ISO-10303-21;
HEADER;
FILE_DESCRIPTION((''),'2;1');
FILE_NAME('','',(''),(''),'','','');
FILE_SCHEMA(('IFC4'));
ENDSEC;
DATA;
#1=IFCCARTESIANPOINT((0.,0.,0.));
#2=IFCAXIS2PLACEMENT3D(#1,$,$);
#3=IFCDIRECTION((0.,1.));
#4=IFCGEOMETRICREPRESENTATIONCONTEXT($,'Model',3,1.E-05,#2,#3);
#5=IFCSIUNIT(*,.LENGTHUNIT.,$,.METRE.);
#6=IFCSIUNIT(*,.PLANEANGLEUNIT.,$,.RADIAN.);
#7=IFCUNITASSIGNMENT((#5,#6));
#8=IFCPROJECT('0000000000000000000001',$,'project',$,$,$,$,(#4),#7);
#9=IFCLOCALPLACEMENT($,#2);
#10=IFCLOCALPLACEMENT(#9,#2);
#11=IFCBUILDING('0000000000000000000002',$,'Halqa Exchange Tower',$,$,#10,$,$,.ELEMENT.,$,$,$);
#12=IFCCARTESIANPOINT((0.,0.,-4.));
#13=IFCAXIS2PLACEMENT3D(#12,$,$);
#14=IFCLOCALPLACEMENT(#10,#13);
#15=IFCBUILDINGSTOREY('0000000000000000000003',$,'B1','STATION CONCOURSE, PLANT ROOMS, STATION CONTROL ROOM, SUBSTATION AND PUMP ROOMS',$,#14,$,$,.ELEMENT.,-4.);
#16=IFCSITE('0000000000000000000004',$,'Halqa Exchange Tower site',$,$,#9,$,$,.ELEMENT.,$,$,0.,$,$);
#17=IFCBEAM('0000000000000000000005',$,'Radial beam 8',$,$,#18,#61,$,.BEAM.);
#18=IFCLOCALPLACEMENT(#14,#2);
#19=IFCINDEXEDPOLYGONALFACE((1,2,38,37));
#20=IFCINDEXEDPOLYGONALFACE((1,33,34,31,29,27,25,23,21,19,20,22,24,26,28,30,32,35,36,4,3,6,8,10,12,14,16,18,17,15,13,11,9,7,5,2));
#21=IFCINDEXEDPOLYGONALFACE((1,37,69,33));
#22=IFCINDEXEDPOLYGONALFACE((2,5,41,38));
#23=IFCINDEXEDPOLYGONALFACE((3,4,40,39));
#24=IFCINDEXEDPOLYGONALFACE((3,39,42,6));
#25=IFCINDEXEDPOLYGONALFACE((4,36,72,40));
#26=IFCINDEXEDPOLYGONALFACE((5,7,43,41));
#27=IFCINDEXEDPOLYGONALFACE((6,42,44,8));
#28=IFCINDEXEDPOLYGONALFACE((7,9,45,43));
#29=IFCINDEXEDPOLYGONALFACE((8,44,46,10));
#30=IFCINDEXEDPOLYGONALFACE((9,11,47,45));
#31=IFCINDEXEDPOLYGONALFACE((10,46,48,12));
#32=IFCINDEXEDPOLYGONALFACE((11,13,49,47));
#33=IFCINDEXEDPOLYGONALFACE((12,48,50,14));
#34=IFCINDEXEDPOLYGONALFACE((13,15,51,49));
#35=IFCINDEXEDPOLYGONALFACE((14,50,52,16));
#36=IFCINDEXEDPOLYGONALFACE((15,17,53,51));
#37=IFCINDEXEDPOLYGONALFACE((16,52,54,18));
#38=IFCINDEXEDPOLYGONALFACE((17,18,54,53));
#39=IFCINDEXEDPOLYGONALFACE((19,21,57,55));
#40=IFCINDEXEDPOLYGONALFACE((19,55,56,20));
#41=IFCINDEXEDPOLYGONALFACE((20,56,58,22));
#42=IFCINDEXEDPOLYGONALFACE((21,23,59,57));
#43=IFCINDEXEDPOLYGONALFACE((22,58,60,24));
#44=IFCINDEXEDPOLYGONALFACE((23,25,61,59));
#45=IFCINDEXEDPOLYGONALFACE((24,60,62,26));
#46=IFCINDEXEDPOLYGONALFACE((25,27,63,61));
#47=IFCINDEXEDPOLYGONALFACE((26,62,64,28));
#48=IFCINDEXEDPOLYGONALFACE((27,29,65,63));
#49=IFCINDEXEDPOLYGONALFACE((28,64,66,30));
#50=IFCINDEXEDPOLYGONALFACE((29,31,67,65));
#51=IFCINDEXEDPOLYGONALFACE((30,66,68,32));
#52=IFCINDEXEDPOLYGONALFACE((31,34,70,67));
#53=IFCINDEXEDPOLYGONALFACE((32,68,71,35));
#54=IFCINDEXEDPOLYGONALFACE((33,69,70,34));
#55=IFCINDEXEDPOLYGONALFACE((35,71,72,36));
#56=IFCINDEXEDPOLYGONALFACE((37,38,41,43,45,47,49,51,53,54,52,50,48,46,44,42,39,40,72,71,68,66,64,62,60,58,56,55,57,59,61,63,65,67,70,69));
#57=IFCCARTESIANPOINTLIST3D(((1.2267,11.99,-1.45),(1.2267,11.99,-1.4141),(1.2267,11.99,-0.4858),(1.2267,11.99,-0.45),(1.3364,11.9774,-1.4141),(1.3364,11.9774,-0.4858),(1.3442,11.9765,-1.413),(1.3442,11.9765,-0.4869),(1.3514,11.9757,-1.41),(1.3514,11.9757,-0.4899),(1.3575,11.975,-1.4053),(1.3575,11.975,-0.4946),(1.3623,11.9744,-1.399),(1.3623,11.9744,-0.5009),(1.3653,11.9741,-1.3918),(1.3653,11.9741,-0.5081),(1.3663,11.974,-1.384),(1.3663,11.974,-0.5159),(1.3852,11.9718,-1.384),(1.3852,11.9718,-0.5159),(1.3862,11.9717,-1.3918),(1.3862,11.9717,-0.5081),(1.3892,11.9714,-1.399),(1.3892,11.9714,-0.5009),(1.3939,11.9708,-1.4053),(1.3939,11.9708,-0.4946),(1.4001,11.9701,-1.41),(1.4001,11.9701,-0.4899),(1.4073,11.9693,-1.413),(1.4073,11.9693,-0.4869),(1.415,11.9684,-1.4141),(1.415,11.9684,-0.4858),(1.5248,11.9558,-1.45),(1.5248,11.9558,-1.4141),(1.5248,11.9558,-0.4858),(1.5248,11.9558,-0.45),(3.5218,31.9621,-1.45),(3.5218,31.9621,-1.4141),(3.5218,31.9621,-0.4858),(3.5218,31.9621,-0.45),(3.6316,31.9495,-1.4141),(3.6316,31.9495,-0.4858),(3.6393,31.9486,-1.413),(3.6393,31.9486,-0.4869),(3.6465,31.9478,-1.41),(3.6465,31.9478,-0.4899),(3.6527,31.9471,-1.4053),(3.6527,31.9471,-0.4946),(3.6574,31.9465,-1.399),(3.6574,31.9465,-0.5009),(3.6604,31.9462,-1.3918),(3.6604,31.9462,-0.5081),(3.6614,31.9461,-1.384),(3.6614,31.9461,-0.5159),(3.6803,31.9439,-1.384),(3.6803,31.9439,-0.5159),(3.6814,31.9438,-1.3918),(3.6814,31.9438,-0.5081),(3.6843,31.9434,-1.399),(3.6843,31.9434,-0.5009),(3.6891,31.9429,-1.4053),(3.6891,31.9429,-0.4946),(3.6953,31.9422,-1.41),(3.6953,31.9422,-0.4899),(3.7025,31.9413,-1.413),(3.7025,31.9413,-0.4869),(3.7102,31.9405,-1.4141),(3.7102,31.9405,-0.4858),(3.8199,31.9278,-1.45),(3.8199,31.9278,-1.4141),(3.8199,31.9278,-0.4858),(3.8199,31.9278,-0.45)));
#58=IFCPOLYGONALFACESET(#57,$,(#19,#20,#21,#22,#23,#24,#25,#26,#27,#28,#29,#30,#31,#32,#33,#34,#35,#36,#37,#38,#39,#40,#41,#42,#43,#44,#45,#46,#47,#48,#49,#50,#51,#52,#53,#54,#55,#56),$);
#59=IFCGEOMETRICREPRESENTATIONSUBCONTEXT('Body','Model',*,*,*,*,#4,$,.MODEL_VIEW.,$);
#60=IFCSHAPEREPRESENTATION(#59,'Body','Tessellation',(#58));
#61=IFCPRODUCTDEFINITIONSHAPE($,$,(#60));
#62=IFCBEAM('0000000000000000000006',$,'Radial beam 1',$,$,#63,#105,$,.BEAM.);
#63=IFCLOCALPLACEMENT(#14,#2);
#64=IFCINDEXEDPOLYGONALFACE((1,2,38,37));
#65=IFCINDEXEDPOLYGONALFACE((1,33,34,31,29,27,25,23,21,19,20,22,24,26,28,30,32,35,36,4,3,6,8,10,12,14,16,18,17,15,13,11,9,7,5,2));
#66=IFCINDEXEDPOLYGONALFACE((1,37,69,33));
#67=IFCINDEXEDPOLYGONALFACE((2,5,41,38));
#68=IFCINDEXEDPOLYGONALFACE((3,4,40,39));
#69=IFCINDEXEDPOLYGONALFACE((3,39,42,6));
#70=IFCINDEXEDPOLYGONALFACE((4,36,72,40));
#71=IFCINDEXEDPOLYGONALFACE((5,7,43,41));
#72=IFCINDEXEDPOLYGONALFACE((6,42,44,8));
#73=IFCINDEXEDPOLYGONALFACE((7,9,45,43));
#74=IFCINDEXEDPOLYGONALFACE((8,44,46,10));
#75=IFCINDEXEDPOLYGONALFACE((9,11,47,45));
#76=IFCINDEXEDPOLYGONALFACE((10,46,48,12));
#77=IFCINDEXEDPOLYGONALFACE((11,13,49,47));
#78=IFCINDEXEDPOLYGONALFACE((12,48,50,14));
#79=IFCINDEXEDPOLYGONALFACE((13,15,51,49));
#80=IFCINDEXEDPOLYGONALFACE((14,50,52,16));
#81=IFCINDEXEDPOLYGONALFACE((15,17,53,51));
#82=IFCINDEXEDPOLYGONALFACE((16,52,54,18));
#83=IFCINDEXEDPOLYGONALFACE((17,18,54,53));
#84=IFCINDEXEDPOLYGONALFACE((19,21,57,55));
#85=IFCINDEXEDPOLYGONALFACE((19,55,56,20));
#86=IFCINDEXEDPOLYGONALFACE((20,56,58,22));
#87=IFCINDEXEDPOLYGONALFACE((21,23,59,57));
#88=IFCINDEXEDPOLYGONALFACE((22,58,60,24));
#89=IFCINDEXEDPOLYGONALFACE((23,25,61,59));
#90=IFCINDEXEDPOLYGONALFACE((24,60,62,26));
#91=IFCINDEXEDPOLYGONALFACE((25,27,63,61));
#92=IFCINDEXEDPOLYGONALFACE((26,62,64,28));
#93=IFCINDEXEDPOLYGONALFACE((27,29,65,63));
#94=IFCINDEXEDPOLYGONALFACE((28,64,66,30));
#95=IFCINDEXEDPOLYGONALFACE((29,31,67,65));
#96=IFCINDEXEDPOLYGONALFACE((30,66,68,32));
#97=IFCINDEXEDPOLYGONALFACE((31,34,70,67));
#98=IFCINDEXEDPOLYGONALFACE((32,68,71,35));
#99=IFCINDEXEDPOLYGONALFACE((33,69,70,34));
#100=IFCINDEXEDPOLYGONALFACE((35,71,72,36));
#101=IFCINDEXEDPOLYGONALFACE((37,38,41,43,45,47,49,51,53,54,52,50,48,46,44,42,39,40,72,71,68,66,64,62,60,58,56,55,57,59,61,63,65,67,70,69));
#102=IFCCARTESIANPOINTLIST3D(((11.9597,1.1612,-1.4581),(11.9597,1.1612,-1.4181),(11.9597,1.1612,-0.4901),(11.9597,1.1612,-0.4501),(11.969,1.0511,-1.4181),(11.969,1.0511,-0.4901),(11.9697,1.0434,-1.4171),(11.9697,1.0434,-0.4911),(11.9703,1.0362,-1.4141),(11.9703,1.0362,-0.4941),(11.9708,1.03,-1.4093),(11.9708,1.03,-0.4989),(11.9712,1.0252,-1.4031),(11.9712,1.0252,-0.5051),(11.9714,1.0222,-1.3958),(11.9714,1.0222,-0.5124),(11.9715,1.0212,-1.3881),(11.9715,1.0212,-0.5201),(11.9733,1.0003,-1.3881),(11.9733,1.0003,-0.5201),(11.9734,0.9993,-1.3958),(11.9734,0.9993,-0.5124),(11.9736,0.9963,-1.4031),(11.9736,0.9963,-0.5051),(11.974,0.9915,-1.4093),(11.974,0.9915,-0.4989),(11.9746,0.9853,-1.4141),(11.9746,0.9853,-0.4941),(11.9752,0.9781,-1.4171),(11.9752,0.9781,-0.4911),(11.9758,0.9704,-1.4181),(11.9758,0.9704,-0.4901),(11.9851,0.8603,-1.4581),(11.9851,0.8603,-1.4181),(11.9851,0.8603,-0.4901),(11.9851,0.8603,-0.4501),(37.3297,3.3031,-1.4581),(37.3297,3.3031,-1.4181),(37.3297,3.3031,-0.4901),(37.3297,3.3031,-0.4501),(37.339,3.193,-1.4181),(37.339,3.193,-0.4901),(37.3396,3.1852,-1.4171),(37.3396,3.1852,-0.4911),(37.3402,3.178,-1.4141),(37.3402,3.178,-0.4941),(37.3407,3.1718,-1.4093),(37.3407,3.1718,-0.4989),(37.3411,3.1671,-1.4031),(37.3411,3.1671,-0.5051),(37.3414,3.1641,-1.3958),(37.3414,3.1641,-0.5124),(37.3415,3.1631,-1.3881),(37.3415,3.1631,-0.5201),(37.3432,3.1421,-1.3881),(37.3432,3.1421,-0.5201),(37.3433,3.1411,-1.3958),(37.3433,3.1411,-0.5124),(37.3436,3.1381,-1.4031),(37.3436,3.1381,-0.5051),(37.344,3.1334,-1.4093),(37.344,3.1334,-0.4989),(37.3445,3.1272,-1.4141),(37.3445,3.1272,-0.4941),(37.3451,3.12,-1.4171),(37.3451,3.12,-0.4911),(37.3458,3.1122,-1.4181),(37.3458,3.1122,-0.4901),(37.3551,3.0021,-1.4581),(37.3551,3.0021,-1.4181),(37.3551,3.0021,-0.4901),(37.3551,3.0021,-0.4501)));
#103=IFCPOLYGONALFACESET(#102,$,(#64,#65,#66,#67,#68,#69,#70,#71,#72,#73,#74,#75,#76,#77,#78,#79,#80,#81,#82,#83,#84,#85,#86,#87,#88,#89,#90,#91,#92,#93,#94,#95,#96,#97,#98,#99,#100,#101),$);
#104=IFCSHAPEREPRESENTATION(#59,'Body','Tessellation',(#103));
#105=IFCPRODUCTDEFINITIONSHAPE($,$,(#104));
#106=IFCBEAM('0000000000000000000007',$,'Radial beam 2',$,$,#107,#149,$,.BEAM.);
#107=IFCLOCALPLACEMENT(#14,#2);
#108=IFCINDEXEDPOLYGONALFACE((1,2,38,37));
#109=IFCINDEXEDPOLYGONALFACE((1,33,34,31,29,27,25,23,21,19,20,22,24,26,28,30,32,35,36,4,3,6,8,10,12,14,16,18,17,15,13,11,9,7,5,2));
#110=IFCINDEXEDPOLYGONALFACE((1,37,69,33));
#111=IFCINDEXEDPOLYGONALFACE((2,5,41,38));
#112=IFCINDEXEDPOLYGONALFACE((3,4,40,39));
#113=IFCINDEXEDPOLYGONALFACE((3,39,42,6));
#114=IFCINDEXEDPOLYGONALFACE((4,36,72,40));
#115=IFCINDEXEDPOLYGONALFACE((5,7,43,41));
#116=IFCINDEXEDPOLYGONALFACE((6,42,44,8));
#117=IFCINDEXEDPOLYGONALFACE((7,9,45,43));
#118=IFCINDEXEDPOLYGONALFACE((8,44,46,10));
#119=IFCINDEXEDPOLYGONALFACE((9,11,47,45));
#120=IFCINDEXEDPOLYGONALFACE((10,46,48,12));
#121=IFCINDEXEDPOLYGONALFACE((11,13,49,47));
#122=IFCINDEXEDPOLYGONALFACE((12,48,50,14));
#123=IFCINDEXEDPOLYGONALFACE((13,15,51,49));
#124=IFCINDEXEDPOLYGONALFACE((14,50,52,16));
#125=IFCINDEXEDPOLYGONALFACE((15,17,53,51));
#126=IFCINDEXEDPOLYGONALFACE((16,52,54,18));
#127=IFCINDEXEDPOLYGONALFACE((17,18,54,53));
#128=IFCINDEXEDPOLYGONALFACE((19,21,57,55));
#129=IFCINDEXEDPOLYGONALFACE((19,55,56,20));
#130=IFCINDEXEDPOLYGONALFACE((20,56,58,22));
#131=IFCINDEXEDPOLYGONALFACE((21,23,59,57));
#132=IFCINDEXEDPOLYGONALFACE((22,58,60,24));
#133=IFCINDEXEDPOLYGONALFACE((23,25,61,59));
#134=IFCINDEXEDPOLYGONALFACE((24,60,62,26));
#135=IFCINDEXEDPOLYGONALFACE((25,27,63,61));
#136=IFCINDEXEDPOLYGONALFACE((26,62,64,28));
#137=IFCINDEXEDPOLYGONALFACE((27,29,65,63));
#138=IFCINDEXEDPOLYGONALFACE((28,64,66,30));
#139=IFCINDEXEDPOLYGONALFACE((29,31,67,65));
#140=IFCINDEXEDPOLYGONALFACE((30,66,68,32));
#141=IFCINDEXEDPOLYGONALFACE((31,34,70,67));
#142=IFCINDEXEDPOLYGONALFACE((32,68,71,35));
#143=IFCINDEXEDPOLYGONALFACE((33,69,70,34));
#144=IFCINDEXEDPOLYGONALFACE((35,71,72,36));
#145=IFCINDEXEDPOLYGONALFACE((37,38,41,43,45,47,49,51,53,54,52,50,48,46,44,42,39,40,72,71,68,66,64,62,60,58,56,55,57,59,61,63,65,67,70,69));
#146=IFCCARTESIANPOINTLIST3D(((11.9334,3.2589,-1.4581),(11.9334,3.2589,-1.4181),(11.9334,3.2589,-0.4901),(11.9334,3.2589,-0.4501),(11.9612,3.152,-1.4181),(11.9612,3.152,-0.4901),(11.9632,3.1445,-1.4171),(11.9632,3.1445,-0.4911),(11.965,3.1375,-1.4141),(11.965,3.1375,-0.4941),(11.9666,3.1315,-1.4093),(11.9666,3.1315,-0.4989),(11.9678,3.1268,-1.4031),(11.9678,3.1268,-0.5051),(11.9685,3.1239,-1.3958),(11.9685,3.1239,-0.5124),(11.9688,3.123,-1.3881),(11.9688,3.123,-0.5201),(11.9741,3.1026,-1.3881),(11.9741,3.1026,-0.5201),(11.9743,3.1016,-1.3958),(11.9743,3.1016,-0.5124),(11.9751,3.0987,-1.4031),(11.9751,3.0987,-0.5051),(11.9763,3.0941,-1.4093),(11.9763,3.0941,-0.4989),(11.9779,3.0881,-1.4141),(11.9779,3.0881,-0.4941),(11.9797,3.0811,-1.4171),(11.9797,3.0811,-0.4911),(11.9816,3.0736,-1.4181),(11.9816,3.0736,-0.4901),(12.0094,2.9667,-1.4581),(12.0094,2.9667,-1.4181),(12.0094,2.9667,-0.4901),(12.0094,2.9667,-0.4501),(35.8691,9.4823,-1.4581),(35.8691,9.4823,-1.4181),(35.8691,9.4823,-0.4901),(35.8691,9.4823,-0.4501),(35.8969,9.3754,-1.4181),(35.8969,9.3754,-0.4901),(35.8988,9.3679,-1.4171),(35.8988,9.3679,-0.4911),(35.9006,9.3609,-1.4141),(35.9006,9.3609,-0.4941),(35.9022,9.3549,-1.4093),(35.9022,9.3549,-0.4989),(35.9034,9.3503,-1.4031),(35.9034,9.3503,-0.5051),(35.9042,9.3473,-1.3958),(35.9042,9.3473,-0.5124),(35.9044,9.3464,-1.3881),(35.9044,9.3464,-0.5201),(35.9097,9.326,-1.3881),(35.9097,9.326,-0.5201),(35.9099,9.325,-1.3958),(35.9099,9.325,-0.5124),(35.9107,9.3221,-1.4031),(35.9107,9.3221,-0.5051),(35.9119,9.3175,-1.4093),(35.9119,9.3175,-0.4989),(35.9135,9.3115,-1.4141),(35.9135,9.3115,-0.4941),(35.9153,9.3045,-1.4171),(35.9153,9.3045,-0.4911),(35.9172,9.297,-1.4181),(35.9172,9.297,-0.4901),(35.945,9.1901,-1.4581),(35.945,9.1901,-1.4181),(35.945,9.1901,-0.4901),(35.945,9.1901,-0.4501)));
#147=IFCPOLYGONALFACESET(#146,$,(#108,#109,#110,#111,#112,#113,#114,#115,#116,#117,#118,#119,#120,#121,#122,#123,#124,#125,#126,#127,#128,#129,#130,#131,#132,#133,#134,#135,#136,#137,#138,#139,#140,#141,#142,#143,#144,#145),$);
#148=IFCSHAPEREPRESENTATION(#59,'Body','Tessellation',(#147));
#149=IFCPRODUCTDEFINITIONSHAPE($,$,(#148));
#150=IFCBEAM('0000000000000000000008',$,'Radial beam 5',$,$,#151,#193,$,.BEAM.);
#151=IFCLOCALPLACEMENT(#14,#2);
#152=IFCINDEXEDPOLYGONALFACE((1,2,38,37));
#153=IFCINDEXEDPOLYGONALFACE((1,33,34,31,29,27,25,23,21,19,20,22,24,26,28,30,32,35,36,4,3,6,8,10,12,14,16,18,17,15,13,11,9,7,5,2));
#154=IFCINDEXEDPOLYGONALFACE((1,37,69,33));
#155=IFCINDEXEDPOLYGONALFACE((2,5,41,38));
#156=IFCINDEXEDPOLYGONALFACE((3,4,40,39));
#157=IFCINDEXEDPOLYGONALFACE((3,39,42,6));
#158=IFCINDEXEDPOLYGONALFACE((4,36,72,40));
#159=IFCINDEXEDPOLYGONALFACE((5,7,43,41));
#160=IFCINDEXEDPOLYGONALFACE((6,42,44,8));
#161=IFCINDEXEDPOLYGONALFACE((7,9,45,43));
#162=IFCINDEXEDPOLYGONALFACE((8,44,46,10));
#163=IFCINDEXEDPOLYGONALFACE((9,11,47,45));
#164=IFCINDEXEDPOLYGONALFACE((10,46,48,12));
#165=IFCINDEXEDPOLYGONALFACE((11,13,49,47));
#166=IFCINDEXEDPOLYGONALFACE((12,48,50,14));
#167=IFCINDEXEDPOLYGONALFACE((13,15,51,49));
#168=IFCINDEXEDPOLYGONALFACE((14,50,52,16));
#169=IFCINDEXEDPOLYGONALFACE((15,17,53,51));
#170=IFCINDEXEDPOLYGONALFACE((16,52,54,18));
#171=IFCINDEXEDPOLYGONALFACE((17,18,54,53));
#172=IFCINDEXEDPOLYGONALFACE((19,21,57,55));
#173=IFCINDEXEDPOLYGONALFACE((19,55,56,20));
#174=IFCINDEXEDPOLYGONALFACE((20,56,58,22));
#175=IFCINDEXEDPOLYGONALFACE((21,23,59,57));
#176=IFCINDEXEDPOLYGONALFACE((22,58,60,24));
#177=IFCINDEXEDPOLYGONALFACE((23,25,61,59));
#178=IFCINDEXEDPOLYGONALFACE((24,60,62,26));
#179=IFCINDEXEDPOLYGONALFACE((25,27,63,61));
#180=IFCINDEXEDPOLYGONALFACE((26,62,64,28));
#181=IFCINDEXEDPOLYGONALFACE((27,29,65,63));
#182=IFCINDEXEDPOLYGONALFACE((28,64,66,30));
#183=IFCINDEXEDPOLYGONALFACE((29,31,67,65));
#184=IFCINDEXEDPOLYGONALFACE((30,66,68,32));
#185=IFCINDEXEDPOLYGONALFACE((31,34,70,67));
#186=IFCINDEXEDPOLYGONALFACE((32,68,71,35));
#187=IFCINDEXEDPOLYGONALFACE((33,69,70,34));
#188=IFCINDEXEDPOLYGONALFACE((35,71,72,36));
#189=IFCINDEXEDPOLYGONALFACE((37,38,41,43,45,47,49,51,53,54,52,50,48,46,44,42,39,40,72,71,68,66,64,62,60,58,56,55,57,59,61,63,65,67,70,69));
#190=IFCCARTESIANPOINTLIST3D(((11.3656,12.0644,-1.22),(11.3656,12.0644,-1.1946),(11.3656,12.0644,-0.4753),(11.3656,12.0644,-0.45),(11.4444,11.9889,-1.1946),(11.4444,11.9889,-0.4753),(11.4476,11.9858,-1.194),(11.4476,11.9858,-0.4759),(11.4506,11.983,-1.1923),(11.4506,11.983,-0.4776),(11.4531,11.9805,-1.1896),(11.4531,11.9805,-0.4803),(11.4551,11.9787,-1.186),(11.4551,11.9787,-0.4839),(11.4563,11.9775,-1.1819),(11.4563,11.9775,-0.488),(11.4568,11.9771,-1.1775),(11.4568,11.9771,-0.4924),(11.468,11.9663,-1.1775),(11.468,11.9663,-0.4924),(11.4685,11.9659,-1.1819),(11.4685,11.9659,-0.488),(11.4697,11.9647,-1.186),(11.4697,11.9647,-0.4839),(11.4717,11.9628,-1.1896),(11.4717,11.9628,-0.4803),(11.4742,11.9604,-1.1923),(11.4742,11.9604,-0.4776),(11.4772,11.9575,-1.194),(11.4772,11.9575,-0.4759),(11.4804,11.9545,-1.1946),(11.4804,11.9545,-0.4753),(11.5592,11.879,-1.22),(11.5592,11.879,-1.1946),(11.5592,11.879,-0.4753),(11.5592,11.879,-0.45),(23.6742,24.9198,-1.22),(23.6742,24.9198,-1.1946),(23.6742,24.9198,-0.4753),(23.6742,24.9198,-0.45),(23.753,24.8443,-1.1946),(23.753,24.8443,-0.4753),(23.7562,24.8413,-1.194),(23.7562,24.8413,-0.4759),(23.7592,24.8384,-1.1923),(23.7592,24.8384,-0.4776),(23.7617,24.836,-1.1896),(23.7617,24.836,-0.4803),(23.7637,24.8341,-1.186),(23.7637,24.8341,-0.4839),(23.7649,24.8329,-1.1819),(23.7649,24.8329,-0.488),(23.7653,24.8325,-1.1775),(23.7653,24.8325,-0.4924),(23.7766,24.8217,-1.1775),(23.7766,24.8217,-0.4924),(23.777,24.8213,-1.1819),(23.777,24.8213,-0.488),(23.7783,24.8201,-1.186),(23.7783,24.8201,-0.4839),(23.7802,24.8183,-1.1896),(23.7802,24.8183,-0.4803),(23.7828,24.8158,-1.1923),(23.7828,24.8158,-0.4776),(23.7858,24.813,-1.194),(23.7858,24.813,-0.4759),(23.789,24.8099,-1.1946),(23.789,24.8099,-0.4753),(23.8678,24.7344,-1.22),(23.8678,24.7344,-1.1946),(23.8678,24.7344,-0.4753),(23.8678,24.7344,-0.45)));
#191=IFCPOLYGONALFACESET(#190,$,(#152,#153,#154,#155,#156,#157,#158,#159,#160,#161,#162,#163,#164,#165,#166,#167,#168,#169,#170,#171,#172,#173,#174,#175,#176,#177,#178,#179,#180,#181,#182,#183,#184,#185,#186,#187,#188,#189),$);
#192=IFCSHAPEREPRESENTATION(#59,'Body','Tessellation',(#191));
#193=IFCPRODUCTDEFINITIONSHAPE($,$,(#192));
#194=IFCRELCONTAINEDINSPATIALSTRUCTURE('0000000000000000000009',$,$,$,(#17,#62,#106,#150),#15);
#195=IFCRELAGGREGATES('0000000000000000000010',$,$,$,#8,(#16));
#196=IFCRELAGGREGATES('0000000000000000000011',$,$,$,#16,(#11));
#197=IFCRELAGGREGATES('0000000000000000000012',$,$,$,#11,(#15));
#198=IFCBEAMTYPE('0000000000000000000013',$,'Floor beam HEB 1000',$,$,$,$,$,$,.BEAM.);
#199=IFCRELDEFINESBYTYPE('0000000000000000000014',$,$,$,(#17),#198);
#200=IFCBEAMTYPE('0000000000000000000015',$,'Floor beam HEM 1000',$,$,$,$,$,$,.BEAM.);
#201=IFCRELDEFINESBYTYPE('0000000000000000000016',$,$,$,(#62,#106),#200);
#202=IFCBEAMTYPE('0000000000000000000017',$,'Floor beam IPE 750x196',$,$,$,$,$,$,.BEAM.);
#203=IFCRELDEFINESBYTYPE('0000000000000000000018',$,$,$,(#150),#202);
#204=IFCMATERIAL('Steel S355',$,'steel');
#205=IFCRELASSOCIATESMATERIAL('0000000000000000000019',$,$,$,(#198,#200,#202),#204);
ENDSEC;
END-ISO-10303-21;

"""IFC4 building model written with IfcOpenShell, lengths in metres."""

from ifc_helpers import new_model, si_unit, direction, frame, origin, origin_2d, place, context, subcontext, project, spatial, i_section, extrude, material, material_profile, profile_set, type_object, element, save


model = new_model("IFC4")

# Units and contexts
model_context = context("Model", 3, precision=1e-05, world=origin(), true_north=direction((0.0, 1.0)))
body_context = subcontext(model_context, "Body", "Model", "MODEL_VIEW")
ifc_project = project(units=[si_unit("LENGTHUNIT", "METRE"), si_unit("PLANEANGLEUNIT", "RADIAN")], contexts=[model_context])

# Site, building, storey
site_placement = place(None, origin())
site = spatial("IfcSite", under=ifc_project, at=site_placement, Name="Halqa Exchange Tower site", CompositionType="ELEMENT", RefElevation=0.0)
building_placement = place(site_placement, origin())
building = spatial("IfcBuilding", under=site, at=building_placement, Name="Halqa Exchange Tower", CompositionType="ELEMENT")
storey_placement = place(building_placement, frame((0.0, 0.0, -4.0)))
storey = spatial("IfcBuildingStorey", under=building, at=storey_placement, Name="B1", Description="STATION CONCOURSE, PLANT ROOMS, STATION CONTROL ROOM, SUBSTATION AND PUMP ROOMS", CompositionType="ELEMENT", Elevation=-4.0)

# Beams
ifc_material_1 = material(Name="Steel S355", Category="steel")
ifc_material_profile_1 = material_profile(ifc_material_1, i_section(OverallWidth=0.3, OverallDepth=1.0, WebThickness=0.019, FlangeThickness=0.0359, FilletRadius=0.03, at=origin_2d()), Name="HEB 1000")
ifc_profile_set_1 = profile_set([ifc_material_profile_1], Name="Steel S355")
beam_type_1 = type_object("IfcBeamType", Name="Floor beam HEB 1000", PredefinedType="BEAM", material=ifc_profile_set_1)
beam_1_placement = place(storey_placement, frame((1.3757, 11.9729, -0.95), z_axis=(0.114167, 0.993462, 0.0), x_axis=(-0.993462, 0.114167, 0.0)))
element("IfcBeam", 1, at=beam_1_placement, inside=storey, type_object=beam_type_1, Name="Radial beam 8", PredefinedType="BEAM", context=body_context, shape_type="SweptSolid", body=[
    extrude(i_section(OverallWidth=0.3, OverallDepth=1.0, WebThickness=0.019, FlangeThickness=0.0359, FilletRadius=0.03, at=origin_2d()), origin(), (0.0, 0.0, 1.0), 20.1035),
])
ifc_material_profile_2 = material_profile(ifc_material_1, i_section(OverallWidth=0.302, OverallDepth=1.0081, WebThickness=0.021, FlangeThickness=0.04, FilletRadius=0.03, at=origin_2d()), Name="HEM 1000")
ifc_profile_set_2 = profile_set([ifc_material_profile_2], Name="Steel S355")
beam_type_2 = type_object("IfcBeamType", Name="Floor beam HEM 1000", PredefinedType="BEAM", material=ifc_profile_set_2)
beam_2_placement = place(storey_placement, frame((11.9724, 1.0107, -0.9541), z_axis=(0.996455, 0.084125, 0.0), x_axis=(-0.084125, 0.996455, 0.0)))
element("IfcBeam", 2, at=beam_2_placement, inside=storey, type_object=beam_type_2, Name="Radial beam 1", PredefinedType="BEAM", context=body_context, shape_type="SweptSolid", body=[
    extrude(i_section(OverallWidth=0.302, OverallDepth=1.0081, WebThickness=0.021, FlangeThickness=0.04, FilletRadius=0.03, at=origin_2d()), origin(), (0.0, 0.0, 1.0), 25.4602),
])
beam_3_placement = place(storey_placement, frame((11.9714, 3.1128, -0.9541), z_axis=(0.967821, 0.251639, 0.0), x_axis=(-0.251639, 0.967821, 0.0)))
element("IfcBeam", 3, at=beam_3_placement, inside=storey, type_object=beam_type_2, Name="Radial beam 2", PredefinedType="BEAM", context=body_context, shape_type="SweptSolid", body=[
    extrude(i_section(OverallWidth=0.302, OverallDepth=1.0081, WebThickness=0.021, FlangeThickness=0.04, FilletRadius=0.03, at=origin_2d()), origin(), (0.0, 0.0, 1.0), 24.7314),
])
ifc_material_profile_3 = material_profile(ifc_material_1, i_section(OverallWidth=0.2681, OverallDepth=0.77, WebThickness=0.0156, FlangeThickness=0.0254, FilletRadius=0.0171, at=origin_2d()), Name="IPE 750x196")
ifc_profile_set_3 = profile_set([ifc_material_profile_3], Name="Steel S355")
beam_type_3 = type_object("IfcBeamType", Name="Floor beam IPE 750x196", PredefinedType="BEAM", material=ifc_profile_set_3)
beam_4_placement = place(storey_placement, frame((11.4624, 11.9717, -0.835), z_axis=(0.691576, 0.722303, 0.0), x_axis=(-0.722303, 0.691576, 0.0)))
element("IfcBeam", 4, at=beam_4_placement, inside=storey, type_object=beam_type_3, Name="Radial beam 5", PredefinedType="BEAM", context=body_context, shape_type="SweptSolid", body=[
    extrude(i_section(OverallWidth=0.2681, OverallDepth=0.77, WebThickness=0.0156, FlangeThickness=0.0254, FilletRadius=0.0171, at=origin_2d()), origin(), (0.0, 0.0, 1.0), 17.7979),
])

save(model, "model.ifc")
